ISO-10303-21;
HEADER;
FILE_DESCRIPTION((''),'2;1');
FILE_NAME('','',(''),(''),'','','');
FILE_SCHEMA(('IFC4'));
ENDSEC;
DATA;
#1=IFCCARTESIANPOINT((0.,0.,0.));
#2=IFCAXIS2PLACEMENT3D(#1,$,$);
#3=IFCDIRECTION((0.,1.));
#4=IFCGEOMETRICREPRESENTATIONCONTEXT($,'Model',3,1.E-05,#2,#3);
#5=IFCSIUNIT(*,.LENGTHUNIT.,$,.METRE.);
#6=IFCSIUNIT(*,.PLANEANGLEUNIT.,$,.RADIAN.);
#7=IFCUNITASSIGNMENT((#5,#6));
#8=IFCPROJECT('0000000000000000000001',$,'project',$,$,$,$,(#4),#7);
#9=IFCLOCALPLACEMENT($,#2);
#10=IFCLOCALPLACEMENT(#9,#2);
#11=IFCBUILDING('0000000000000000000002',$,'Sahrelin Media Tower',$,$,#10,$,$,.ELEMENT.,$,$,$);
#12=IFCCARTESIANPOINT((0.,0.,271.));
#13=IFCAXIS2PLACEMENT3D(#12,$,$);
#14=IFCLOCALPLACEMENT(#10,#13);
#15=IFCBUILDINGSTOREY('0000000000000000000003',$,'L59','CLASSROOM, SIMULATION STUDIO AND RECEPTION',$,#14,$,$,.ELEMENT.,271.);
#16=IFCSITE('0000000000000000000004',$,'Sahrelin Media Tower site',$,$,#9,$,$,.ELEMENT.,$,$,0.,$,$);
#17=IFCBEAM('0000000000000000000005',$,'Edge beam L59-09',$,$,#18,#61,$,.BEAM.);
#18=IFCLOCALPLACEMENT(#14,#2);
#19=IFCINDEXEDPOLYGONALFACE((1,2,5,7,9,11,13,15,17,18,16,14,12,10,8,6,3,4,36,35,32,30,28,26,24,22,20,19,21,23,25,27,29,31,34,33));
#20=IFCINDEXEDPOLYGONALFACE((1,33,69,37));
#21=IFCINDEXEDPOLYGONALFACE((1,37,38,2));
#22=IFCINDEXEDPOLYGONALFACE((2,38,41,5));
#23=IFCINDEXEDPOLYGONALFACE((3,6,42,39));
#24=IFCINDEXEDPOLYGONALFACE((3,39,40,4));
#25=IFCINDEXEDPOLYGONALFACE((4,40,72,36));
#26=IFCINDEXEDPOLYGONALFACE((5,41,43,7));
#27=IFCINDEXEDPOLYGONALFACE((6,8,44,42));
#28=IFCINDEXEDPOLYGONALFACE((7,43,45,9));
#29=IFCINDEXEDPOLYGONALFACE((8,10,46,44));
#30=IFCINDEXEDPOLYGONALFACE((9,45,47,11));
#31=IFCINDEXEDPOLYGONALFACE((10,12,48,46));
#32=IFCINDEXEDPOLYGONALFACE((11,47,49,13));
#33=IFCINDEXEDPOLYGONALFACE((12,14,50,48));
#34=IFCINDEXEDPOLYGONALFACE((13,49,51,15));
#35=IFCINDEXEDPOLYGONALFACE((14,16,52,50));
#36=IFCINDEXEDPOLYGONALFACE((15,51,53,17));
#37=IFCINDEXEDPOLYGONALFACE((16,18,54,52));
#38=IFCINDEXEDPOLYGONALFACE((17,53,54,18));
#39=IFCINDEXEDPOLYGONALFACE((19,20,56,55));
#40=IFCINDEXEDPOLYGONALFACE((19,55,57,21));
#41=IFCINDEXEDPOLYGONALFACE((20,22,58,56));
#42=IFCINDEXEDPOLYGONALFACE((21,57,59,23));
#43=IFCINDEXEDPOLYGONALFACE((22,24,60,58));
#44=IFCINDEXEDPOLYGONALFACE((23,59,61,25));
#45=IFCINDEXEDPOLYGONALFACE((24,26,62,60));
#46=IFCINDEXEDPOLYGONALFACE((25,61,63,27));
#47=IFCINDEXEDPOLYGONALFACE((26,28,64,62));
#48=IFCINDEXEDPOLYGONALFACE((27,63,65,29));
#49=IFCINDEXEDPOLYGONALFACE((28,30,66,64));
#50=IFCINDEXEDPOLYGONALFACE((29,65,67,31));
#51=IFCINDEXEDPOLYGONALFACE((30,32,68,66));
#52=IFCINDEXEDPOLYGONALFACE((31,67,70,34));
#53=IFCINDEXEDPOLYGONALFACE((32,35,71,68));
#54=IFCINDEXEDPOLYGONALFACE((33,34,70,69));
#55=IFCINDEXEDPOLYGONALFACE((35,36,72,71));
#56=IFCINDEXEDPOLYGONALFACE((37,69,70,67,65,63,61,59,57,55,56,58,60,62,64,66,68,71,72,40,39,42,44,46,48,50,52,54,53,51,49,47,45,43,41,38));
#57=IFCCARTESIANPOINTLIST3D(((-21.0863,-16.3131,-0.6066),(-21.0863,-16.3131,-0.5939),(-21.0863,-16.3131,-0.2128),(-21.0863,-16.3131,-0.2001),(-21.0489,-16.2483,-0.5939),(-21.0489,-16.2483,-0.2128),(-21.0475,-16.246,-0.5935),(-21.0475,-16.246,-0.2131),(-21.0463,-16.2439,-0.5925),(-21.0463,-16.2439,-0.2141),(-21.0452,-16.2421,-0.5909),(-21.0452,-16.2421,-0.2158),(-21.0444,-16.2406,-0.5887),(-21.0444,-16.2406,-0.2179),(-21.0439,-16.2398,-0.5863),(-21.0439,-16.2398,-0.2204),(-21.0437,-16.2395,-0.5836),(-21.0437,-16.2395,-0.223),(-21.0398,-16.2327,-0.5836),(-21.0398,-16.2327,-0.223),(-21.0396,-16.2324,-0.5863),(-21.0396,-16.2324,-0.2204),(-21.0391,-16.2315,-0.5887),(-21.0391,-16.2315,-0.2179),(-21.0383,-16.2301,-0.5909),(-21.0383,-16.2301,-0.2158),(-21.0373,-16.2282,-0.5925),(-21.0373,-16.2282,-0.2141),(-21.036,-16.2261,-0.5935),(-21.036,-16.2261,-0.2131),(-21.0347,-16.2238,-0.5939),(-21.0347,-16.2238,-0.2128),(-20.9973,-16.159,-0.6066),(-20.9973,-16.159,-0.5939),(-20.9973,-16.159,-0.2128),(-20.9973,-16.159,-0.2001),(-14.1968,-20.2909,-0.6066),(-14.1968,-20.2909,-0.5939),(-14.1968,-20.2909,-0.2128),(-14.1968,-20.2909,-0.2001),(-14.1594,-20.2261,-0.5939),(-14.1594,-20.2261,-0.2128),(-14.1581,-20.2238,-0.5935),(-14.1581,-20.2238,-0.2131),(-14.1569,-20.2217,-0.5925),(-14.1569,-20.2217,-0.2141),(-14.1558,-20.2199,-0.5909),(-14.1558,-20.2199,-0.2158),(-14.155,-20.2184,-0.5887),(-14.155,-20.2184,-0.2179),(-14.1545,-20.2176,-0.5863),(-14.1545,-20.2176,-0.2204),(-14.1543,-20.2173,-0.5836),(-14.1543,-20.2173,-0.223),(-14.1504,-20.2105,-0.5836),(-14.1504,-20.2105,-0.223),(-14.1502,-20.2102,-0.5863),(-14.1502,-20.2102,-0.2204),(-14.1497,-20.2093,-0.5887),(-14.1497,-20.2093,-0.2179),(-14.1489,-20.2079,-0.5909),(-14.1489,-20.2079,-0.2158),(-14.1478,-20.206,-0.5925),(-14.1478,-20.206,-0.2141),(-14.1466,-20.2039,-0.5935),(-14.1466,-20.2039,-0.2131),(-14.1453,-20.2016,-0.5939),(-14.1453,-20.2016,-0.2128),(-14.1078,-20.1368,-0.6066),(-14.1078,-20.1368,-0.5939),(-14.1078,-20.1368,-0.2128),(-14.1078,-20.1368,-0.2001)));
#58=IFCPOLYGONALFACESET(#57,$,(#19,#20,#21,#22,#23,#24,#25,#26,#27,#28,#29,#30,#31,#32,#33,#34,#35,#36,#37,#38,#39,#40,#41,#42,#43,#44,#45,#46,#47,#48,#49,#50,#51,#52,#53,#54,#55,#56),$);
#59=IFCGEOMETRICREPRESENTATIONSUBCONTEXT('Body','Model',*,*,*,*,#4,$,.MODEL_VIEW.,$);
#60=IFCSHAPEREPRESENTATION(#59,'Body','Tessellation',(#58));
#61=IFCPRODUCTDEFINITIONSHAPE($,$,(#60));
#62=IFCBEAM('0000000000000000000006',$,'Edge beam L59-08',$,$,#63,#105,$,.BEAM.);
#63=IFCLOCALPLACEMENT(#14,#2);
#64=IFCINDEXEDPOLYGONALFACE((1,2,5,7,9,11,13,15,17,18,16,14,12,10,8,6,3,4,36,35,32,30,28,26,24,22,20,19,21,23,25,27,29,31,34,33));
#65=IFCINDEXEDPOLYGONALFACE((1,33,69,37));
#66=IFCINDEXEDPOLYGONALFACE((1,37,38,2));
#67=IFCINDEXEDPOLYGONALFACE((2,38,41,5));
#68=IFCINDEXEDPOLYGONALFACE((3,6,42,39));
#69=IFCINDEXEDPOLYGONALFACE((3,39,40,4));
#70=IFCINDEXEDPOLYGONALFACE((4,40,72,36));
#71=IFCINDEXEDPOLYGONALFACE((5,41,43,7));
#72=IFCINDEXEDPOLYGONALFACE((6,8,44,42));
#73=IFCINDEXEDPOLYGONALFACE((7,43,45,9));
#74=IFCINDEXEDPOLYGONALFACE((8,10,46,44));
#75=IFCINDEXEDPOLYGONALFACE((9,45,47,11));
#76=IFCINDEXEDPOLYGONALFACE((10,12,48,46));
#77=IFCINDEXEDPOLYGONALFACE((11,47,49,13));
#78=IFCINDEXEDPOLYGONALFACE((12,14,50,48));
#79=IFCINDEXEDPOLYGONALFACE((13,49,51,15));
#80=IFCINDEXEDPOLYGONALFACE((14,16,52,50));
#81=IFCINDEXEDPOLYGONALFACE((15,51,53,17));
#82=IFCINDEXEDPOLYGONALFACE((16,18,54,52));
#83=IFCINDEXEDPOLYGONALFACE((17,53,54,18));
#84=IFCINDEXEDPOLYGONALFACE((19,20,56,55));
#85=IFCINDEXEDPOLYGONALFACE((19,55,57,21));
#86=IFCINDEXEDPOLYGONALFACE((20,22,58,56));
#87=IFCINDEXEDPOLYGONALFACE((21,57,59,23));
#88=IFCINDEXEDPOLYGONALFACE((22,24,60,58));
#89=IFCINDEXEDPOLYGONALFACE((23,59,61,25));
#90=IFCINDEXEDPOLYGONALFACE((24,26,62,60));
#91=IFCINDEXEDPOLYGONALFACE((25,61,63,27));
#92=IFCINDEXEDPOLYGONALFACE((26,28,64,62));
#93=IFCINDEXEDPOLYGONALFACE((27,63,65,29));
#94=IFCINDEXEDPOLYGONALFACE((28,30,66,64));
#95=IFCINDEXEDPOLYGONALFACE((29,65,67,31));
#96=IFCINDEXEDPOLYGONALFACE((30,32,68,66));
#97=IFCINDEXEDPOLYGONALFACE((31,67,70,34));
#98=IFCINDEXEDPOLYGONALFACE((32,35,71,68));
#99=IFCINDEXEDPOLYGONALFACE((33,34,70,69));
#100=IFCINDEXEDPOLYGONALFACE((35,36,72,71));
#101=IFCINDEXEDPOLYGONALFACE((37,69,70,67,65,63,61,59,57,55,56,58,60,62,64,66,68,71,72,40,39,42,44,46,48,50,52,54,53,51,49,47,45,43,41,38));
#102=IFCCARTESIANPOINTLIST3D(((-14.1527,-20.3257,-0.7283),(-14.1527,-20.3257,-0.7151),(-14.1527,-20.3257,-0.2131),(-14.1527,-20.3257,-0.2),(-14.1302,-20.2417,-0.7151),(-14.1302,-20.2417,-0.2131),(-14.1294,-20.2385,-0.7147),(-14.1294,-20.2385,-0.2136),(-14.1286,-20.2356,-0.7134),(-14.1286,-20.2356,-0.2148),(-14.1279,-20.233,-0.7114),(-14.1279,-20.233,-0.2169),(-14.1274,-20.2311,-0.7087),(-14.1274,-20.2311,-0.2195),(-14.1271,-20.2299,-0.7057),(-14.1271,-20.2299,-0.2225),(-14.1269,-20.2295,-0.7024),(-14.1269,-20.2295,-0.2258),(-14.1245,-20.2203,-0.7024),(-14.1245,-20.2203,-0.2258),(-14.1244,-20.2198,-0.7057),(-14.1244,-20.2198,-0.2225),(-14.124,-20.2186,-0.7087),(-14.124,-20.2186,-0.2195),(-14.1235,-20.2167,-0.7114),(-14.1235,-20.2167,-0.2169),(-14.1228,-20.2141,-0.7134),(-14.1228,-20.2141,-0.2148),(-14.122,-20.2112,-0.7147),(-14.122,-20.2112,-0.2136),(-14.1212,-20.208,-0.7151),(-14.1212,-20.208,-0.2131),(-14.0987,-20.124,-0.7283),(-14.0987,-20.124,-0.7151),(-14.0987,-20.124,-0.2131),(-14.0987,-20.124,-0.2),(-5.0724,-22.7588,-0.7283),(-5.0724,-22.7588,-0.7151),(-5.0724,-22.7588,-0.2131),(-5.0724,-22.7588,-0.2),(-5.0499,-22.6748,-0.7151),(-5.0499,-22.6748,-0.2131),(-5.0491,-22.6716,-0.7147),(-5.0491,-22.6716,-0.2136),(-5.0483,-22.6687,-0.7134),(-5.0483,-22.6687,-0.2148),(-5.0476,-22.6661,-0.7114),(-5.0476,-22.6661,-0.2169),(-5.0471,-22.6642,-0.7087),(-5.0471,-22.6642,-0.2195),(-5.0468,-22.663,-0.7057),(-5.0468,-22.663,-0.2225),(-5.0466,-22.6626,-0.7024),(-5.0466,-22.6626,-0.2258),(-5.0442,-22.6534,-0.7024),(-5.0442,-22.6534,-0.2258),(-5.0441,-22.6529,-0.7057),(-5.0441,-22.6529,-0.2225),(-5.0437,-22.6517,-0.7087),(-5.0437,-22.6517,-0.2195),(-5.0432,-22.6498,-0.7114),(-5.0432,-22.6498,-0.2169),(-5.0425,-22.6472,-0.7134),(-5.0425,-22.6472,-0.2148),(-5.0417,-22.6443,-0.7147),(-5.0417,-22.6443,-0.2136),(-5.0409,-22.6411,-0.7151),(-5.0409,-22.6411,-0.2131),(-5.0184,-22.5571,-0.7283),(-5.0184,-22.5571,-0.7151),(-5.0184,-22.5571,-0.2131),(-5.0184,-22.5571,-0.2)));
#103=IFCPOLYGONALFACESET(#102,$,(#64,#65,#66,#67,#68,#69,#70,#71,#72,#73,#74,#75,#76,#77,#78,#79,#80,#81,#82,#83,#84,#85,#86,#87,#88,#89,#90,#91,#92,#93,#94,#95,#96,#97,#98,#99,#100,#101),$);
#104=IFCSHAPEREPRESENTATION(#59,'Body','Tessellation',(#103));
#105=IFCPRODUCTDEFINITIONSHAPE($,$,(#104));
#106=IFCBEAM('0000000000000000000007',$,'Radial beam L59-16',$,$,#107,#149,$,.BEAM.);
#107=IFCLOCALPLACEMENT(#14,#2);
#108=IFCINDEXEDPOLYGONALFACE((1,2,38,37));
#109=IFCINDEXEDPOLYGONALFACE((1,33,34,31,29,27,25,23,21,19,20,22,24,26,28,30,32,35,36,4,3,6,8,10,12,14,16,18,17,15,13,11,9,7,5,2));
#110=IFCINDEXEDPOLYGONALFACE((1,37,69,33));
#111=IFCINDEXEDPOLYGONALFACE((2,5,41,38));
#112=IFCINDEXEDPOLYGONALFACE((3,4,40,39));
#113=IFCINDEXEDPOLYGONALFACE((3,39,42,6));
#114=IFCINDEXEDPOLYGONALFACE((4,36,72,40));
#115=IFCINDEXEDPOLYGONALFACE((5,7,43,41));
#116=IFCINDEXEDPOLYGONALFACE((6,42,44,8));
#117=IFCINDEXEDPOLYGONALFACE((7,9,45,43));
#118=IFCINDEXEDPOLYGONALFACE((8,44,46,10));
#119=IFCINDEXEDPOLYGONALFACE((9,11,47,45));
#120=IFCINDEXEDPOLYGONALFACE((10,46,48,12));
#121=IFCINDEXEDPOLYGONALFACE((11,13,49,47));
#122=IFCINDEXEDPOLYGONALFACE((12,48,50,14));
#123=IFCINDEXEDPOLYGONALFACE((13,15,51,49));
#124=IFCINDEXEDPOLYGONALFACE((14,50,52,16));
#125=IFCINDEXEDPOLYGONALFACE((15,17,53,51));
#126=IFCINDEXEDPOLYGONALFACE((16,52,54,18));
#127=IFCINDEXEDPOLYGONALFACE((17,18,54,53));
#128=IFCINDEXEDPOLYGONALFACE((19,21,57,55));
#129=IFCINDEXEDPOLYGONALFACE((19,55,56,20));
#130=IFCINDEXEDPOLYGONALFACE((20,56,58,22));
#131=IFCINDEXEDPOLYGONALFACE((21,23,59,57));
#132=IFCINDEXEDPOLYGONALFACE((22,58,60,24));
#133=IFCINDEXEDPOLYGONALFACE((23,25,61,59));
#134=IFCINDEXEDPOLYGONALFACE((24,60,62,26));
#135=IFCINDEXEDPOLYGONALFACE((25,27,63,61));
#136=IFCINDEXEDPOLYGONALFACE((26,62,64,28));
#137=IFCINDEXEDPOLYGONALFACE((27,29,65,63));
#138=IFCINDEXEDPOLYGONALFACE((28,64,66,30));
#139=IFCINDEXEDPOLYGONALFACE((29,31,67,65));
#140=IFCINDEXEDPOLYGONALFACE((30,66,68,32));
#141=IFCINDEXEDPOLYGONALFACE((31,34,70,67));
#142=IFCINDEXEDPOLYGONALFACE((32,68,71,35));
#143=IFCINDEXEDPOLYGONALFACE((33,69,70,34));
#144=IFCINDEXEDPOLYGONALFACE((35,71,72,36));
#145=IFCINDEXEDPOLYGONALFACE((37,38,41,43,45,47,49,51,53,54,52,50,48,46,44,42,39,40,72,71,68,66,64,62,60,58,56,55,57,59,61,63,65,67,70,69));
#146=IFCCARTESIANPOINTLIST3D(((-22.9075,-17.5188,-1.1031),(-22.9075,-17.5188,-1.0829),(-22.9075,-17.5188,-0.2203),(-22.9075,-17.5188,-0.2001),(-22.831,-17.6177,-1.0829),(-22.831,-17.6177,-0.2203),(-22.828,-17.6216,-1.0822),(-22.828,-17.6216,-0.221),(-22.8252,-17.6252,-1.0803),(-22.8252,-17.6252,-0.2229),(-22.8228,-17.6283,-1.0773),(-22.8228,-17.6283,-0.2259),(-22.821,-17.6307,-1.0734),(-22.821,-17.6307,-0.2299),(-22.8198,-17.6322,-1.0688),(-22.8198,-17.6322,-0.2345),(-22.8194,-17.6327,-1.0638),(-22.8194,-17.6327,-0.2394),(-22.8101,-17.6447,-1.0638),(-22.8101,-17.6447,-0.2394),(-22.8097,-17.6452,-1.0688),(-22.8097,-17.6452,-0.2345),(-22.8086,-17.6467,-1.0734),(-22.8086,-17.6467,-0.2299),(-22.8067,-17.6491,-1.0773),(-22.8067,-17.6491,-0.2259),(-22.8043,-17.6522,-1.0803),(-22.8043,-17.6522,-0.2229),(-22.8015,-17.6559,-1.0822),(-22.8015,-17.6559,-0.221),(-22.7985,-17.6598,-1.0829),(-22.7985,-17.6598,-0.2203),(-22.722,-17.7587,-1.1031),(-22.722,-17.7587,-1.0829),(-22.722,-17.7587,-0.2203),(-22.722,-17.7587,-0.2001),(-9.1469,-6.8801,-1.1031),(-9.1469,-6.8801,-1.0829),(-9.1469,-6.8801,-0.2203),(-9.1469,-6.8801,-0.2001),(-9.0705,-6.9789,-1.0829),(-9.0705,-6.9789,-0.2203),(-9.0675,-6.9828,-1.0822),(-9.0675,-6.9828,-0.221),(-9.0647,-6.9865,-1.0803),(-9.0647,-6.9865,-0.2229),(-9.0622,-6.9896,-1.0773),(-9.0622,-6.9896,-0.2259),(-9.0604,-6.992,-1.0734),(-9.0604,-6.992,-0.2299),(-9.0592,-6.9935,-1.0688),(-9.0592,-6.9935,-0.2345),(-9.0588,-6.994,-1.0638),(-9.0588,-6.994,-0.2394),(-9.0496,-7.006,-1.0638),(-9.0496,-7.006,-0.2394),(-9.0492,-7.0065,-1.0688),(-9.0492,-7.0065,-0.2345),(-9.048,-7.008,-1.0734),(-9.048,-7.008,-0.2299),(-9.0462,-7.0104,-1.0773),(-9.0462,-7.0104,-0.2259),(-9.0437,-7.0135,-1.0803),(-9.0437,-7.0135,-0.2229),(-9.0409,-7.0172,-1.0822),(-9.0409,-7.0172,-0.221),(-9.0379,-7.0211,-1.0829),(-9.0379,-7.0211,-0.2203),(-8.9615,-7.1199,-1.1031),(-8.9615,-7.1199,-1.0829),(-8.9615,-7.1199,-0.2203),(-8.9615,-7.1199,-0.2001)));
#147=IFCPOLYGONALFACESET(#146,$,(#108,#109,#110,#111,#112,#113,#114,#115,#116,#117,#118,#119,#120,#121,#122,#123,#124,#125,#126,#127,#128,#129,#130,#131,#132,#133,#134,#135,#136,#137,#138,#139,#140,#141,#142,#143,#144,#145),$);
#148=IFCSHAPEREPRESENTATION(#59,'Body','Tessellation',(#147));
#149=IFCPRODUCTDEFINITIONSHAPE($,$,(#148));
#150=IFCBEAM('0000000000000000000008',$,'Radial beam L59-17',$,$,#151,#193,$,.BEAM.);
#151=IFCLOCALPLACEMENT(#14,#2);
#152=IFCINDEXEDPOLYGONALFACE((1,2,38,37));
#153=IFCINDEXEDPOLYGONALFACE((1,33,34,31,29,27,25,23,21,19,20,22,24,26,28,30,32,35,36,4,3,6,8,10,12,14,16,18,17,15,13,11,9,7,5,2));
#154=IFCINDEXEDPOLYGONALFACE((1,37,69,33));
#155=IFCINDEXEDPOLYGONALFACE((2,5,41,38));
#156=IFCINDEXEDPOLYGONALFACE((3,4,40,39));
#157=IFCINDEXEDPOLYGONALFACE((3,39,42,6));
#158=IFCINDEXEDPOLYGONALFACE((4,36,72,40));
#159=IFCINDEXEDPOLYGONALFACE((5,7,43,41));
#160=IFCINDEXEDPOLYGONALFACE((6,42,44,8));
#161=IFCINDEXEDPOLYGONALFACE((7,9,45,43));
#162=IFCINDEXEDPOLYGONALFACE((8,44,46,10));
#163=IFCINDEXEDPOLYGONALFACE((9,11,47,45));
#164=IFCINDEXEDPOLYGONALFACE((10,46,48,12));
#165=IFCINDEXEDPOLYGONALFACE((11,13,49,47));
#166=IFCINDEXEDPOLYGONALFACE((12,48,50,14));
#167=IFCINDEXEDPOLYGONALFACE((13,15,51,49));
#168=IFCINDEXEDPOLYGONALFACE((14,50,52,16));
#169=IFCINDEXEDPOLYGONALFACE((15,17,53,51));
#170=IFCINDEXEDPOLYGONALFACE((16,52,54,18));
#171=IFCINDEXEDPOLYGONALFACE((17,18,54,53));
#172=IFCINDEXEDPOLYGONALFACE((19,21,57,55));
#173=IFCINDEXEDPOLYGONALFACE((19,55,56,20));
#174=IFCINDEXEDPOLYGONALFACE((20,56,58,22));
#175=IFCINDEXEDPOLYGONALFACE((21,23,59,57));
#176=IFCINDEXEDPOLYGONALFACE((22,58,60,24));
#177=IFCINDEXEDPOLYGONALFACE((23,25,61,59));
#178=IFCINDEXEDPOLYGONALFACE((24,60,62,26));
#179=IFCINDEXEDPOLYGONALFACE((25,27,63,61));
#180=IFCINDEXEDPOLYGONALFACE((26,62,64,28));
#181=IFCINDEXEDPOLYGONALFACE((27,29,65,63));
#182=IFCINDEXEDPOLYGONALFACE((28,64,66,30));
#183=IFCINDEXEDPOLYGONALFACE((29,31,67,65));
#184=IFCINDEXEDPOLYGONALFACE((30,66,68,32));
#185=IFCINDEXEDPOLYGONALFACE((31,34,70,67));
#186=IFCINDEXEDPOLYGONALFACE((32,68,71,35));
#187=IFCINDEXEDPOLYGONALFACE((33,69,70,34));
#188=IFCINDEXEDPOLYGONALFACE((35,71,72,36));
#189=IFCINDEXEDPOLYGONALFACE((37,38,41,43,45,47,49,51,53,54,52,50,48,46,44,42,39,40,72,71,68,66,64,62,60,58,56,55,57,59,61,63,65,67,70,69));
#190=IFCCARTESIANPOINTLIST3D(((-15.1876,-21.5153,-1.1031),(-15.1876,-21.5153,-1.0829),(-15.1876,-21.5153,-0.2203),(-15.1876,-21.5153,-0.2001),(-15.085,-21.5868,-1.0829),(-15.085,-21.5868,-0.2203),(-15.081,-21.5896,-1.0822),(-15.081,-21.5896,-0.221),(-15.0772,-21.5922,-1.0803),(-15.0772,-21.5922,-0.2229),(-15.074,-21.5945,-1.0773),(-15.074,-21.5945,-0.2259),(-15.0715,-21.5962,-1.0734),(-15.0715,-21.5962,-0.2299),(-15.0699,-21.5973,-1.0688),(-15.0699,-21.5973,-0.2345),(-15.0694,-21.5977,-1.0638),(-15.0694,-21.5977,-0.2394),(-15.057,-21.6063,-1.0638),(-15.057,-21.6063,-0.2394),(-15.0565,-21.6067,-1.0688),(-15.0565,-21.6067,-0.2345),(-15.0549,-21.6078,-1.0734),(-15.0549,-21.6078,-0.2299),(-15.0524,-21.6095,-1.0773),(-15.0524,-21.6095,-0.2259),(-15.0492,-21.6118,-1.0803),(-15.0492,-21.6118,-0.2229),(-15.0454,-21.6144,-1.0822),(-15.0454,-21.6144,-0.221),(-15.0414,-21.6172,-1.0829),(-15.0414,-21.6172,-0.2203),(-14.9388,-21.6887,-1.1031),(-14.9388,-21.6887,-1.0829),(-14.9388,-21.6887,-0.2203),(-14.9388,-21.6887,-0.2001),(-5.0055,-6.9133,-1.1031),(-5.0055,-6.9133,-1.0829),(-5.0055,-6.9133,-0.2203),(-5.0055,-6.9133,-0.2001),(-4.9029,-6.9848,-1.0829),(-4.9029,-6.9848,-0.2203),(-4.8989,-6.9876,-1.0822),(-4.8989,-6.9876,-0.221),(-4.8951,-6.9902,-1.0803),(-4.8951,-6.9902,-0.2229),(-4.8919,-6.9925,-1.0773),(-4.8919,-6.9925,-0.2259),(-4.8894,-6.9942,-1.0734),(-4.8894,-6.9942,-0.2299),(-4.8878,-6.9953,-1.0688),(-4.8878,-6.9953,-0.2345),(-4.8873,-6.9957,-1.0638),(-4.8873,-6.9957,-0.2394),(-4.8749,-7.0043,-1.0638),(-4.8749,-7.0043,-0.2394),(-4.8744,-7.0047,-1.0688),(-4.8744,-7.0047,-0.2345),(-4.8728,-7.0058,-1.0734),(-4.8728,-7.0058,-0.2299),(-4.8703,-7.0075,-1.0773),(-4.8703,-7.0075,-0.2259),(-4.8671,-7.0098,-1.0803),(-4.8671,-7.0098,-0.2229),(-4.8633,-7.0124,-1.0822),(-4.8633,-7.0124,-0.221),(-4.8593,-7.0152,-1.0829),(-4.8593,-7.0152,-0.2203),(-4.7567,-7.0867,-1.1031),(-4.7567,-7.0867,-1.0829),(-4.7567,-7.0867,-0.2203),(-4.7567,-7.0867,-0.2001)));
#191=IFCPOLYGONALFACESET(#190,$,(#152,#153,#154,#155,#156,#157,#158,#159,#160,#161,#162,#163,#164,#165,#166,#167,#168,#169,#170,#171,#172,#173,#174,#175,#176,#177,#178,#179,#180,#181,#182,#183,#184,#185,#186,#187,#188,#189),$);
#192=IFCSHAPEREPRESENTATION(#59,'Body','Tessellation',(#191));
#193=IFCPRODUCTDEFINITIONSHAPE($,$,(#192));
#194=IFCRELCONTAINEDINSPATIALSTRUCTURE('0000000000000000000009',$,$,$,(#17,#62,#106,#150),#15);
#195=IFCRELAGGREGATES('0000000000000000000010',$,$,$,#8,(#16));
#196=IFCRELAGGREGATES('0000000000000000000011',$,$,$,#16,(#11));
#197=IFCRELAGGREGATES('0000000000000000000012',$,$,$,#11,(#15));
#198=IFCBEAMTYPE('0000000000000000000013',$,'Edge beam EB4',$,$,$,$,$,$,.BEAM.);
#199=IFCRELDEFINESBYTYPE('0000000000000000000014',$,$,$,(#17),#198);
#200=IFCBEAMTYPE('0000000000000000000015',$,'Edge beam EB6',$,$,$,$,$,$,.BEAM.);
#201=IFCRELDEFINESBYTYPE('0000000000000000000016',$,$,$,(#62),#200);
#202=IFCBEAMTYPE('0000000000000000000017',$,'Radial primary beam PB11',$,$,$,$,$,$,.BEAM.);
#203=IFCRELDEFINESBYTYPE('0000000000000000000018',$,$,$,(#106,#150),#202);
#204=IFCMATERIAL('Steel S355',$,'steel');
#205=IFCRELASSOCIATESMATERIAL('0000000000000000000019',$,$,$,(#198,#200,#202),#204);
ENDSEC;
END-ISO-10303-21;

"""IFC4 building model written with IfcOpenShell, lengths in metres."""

from ifc_helpers import new_model, si_unit, direction, frame, origin, origin_2d, place, context, subcontext, project, spatial, i_section, extrude, material, material_profile, profile_set, type_object, element, save


model = new_model("IFC4")

# Units and contexts
model_context = context("Model", 3, precision=1e-05, world=origin(), true_north=direction((0.0, 1.0)))
body_context = subcontext(model_context, "Body", "Model", "MODEL_VIEW")
ifc_project = project(units=[si_unit("LENGTHUNIT", "METRE"), si_unit("PLANEANGLEUNIT", "RADIAN")], contexts=[model_context])

# Site, building, storey
site_placement = place(None, origin())
site = spatial("IfcSite", under=ifc_project, at=site_placement, Name="Sahrelin Media Tower site", CompositionType="ELEMENT", RefElevation=0.0)
building_placement = place(site_placement, origin())
building = spatial("IfcBuilding", under=site, at=building_placement, Name="Sahrelin Media Tower", CompositionType="ELEMENT")
storey_placement = place(building_placement, frame((0.0, 0.0, 271.0)))
storey = spatial("IfcBuildingStorey", under=building, at=storey_placement, Name="L59", Description="CLASSROOM, SIMULATION STUDIO AND RECEPTION", CompositionType="ELEMENT", Elevation=271.0)

# Beams
ifc_material_1 = material(Name="Steel S355", Category="steel")
ifc_material_profile_1 = material_profile(ifc_material_1, i_section(OverallWidth=0.178, OverallDepth=0.4065, WebThickness=0.0078, FlangeThickness=0.0127, FilletRadius=0.0103, at=origin_2d()), Name="UB 406x178x60")
ifc_profile_set_1 = profile_set([ifc_material_profile_1], Name="Steel S355")
beam_type_1 = type_object("IfcBeamType", Name="Edge beam EB4", PredefinedType="BEAM", material=ifc_profile_set_1)
beam_1_placement = place(storey_placement, frame((-14.1523, -20.2139, -0.4033), z_axis=(-0.866015, 0.500017, 0.0), x_axis=(-0.500017, -0.866015, 0.0)))
element("IfcBeam", 1, at=beam_1_placement, inside=storey, type_object=beam_type_1, Name="Edge beam L59-09", PredefinedType="BEAM", context=body_context, shape_type="SweptSolid", body=[
    extrude(i_section(OverallWidth=0.178, OverallDepth=0.4065, WebThickness=0.0078, FlangeThickness=0.0127, FilletRadius=0.0103, at=origin_2d()), origin(), (0.0, 0.0, 1.0), 7.9553),
])
ifc_material_profile_2 = material_profile(ifc_material_1, i_section(OverallWidth=0.2087, OverallDepth=0.5283, WebThickness=0.0095, FlangeThickness=0.0132, FilletRadius=0.0127, at=origin_2d()), Name="UB 533x210x82")
ifc_profile_set_2 = profile_set([ifc_material_profile_2], Name="Steel S355")
beam_type_2 = type_object("IfcBeamType", Name="Edge beam EB6", PredefinedType="BEAM", material=ifc_profile_set_2)
beam_2_placement = place(storey_placement, frame((-5.0454, -22.658, -0.4641), z_axis=(-0.965925, 0.258823, 0.0), x_axis=(-0.258823, -0.965925, 0.0)))
element("IfcBeam", 2, at=beam_2_placement, inside=storey, type_object=beam_type_2, Name="Edge beam L59-08", PredefinedType="BEAM", context=body_context, shape_type="SweptSolid", body=[
    extrude(i_section(OverallWidth=0.2087, OverallDepth=0.5283, WebThickness=0.0095, FlangeThickness=0.0132, FilletRadius=0.0127, at=origin_2d()), origin(), (0.0, 0.0, 1.0), 9.4006),
])
ifc_material_profile_3 = material_profile(ifc_material_1, i_section(OverallWidth=0.3032, OverallDepth=0.9031, WebThickness=0.0151, FlangeThickness=0.0203, FilletRadius=0.019, at=origin_2d()), Name="UB 914x305x201")
ifc_profile_set_3 = profile_set([ifc_material_profile_3], Name="Steel S355")
beam_type_3 = type_object("IfcBeamType", Name="Radial primary beam PB11", PredefinedType="BEAM", material=ifc_profile_set_3)
beam_3_placement = place(storey_placement, frame((-9.0542, -7.0, -0.6516), z_axis=(-0.79113, -0.611648, 0.0), x_axis=(0.611648, -0.79113, 0.0)))
element("IfcBeam", 3, at=beam_3_placement, inside=storey, type_object=beam_type_3, Name="Radial beam L59-16", PredefinedType="BEAM", context=body_context, shape_type="SweptSolid", body=[
    extrude(i_section(OverallWidth=0.3032, OverallDepth=0.9031, WebThickness=0.0151, FlangeThickness=0.0203, FilletRadius=0.019, at=origin_2d()), origin(), (0.0, 0.0, 1.0), 17.3936),
])
beam_4_placement = place(storey_placement, frame((-4.8811, -7.0, -0.6516), z_axis=(-0.571979, -0.820268, 0.0), x_axis=(0.820268, -0.571979, 0.0)))
element("IfcBeam", 4, at=beam_4_placement, inside=storey, type_object=beam_type_3, Name="Radial beam L59-17", PredefinedType="BEAM", context=body_context, shape_type="SweptSolid", body=[
    extrude(i_section(OverallWidth=0.3032, OverallDepth=0.9031, WebThickness=0.0151, FlangeThickness=0.0203, FilletRadius=0.019, at=origin_2d()), origin(), (0.0, 0.0, 1.0), 17.8015),
])

save(model, "model.ifc")
